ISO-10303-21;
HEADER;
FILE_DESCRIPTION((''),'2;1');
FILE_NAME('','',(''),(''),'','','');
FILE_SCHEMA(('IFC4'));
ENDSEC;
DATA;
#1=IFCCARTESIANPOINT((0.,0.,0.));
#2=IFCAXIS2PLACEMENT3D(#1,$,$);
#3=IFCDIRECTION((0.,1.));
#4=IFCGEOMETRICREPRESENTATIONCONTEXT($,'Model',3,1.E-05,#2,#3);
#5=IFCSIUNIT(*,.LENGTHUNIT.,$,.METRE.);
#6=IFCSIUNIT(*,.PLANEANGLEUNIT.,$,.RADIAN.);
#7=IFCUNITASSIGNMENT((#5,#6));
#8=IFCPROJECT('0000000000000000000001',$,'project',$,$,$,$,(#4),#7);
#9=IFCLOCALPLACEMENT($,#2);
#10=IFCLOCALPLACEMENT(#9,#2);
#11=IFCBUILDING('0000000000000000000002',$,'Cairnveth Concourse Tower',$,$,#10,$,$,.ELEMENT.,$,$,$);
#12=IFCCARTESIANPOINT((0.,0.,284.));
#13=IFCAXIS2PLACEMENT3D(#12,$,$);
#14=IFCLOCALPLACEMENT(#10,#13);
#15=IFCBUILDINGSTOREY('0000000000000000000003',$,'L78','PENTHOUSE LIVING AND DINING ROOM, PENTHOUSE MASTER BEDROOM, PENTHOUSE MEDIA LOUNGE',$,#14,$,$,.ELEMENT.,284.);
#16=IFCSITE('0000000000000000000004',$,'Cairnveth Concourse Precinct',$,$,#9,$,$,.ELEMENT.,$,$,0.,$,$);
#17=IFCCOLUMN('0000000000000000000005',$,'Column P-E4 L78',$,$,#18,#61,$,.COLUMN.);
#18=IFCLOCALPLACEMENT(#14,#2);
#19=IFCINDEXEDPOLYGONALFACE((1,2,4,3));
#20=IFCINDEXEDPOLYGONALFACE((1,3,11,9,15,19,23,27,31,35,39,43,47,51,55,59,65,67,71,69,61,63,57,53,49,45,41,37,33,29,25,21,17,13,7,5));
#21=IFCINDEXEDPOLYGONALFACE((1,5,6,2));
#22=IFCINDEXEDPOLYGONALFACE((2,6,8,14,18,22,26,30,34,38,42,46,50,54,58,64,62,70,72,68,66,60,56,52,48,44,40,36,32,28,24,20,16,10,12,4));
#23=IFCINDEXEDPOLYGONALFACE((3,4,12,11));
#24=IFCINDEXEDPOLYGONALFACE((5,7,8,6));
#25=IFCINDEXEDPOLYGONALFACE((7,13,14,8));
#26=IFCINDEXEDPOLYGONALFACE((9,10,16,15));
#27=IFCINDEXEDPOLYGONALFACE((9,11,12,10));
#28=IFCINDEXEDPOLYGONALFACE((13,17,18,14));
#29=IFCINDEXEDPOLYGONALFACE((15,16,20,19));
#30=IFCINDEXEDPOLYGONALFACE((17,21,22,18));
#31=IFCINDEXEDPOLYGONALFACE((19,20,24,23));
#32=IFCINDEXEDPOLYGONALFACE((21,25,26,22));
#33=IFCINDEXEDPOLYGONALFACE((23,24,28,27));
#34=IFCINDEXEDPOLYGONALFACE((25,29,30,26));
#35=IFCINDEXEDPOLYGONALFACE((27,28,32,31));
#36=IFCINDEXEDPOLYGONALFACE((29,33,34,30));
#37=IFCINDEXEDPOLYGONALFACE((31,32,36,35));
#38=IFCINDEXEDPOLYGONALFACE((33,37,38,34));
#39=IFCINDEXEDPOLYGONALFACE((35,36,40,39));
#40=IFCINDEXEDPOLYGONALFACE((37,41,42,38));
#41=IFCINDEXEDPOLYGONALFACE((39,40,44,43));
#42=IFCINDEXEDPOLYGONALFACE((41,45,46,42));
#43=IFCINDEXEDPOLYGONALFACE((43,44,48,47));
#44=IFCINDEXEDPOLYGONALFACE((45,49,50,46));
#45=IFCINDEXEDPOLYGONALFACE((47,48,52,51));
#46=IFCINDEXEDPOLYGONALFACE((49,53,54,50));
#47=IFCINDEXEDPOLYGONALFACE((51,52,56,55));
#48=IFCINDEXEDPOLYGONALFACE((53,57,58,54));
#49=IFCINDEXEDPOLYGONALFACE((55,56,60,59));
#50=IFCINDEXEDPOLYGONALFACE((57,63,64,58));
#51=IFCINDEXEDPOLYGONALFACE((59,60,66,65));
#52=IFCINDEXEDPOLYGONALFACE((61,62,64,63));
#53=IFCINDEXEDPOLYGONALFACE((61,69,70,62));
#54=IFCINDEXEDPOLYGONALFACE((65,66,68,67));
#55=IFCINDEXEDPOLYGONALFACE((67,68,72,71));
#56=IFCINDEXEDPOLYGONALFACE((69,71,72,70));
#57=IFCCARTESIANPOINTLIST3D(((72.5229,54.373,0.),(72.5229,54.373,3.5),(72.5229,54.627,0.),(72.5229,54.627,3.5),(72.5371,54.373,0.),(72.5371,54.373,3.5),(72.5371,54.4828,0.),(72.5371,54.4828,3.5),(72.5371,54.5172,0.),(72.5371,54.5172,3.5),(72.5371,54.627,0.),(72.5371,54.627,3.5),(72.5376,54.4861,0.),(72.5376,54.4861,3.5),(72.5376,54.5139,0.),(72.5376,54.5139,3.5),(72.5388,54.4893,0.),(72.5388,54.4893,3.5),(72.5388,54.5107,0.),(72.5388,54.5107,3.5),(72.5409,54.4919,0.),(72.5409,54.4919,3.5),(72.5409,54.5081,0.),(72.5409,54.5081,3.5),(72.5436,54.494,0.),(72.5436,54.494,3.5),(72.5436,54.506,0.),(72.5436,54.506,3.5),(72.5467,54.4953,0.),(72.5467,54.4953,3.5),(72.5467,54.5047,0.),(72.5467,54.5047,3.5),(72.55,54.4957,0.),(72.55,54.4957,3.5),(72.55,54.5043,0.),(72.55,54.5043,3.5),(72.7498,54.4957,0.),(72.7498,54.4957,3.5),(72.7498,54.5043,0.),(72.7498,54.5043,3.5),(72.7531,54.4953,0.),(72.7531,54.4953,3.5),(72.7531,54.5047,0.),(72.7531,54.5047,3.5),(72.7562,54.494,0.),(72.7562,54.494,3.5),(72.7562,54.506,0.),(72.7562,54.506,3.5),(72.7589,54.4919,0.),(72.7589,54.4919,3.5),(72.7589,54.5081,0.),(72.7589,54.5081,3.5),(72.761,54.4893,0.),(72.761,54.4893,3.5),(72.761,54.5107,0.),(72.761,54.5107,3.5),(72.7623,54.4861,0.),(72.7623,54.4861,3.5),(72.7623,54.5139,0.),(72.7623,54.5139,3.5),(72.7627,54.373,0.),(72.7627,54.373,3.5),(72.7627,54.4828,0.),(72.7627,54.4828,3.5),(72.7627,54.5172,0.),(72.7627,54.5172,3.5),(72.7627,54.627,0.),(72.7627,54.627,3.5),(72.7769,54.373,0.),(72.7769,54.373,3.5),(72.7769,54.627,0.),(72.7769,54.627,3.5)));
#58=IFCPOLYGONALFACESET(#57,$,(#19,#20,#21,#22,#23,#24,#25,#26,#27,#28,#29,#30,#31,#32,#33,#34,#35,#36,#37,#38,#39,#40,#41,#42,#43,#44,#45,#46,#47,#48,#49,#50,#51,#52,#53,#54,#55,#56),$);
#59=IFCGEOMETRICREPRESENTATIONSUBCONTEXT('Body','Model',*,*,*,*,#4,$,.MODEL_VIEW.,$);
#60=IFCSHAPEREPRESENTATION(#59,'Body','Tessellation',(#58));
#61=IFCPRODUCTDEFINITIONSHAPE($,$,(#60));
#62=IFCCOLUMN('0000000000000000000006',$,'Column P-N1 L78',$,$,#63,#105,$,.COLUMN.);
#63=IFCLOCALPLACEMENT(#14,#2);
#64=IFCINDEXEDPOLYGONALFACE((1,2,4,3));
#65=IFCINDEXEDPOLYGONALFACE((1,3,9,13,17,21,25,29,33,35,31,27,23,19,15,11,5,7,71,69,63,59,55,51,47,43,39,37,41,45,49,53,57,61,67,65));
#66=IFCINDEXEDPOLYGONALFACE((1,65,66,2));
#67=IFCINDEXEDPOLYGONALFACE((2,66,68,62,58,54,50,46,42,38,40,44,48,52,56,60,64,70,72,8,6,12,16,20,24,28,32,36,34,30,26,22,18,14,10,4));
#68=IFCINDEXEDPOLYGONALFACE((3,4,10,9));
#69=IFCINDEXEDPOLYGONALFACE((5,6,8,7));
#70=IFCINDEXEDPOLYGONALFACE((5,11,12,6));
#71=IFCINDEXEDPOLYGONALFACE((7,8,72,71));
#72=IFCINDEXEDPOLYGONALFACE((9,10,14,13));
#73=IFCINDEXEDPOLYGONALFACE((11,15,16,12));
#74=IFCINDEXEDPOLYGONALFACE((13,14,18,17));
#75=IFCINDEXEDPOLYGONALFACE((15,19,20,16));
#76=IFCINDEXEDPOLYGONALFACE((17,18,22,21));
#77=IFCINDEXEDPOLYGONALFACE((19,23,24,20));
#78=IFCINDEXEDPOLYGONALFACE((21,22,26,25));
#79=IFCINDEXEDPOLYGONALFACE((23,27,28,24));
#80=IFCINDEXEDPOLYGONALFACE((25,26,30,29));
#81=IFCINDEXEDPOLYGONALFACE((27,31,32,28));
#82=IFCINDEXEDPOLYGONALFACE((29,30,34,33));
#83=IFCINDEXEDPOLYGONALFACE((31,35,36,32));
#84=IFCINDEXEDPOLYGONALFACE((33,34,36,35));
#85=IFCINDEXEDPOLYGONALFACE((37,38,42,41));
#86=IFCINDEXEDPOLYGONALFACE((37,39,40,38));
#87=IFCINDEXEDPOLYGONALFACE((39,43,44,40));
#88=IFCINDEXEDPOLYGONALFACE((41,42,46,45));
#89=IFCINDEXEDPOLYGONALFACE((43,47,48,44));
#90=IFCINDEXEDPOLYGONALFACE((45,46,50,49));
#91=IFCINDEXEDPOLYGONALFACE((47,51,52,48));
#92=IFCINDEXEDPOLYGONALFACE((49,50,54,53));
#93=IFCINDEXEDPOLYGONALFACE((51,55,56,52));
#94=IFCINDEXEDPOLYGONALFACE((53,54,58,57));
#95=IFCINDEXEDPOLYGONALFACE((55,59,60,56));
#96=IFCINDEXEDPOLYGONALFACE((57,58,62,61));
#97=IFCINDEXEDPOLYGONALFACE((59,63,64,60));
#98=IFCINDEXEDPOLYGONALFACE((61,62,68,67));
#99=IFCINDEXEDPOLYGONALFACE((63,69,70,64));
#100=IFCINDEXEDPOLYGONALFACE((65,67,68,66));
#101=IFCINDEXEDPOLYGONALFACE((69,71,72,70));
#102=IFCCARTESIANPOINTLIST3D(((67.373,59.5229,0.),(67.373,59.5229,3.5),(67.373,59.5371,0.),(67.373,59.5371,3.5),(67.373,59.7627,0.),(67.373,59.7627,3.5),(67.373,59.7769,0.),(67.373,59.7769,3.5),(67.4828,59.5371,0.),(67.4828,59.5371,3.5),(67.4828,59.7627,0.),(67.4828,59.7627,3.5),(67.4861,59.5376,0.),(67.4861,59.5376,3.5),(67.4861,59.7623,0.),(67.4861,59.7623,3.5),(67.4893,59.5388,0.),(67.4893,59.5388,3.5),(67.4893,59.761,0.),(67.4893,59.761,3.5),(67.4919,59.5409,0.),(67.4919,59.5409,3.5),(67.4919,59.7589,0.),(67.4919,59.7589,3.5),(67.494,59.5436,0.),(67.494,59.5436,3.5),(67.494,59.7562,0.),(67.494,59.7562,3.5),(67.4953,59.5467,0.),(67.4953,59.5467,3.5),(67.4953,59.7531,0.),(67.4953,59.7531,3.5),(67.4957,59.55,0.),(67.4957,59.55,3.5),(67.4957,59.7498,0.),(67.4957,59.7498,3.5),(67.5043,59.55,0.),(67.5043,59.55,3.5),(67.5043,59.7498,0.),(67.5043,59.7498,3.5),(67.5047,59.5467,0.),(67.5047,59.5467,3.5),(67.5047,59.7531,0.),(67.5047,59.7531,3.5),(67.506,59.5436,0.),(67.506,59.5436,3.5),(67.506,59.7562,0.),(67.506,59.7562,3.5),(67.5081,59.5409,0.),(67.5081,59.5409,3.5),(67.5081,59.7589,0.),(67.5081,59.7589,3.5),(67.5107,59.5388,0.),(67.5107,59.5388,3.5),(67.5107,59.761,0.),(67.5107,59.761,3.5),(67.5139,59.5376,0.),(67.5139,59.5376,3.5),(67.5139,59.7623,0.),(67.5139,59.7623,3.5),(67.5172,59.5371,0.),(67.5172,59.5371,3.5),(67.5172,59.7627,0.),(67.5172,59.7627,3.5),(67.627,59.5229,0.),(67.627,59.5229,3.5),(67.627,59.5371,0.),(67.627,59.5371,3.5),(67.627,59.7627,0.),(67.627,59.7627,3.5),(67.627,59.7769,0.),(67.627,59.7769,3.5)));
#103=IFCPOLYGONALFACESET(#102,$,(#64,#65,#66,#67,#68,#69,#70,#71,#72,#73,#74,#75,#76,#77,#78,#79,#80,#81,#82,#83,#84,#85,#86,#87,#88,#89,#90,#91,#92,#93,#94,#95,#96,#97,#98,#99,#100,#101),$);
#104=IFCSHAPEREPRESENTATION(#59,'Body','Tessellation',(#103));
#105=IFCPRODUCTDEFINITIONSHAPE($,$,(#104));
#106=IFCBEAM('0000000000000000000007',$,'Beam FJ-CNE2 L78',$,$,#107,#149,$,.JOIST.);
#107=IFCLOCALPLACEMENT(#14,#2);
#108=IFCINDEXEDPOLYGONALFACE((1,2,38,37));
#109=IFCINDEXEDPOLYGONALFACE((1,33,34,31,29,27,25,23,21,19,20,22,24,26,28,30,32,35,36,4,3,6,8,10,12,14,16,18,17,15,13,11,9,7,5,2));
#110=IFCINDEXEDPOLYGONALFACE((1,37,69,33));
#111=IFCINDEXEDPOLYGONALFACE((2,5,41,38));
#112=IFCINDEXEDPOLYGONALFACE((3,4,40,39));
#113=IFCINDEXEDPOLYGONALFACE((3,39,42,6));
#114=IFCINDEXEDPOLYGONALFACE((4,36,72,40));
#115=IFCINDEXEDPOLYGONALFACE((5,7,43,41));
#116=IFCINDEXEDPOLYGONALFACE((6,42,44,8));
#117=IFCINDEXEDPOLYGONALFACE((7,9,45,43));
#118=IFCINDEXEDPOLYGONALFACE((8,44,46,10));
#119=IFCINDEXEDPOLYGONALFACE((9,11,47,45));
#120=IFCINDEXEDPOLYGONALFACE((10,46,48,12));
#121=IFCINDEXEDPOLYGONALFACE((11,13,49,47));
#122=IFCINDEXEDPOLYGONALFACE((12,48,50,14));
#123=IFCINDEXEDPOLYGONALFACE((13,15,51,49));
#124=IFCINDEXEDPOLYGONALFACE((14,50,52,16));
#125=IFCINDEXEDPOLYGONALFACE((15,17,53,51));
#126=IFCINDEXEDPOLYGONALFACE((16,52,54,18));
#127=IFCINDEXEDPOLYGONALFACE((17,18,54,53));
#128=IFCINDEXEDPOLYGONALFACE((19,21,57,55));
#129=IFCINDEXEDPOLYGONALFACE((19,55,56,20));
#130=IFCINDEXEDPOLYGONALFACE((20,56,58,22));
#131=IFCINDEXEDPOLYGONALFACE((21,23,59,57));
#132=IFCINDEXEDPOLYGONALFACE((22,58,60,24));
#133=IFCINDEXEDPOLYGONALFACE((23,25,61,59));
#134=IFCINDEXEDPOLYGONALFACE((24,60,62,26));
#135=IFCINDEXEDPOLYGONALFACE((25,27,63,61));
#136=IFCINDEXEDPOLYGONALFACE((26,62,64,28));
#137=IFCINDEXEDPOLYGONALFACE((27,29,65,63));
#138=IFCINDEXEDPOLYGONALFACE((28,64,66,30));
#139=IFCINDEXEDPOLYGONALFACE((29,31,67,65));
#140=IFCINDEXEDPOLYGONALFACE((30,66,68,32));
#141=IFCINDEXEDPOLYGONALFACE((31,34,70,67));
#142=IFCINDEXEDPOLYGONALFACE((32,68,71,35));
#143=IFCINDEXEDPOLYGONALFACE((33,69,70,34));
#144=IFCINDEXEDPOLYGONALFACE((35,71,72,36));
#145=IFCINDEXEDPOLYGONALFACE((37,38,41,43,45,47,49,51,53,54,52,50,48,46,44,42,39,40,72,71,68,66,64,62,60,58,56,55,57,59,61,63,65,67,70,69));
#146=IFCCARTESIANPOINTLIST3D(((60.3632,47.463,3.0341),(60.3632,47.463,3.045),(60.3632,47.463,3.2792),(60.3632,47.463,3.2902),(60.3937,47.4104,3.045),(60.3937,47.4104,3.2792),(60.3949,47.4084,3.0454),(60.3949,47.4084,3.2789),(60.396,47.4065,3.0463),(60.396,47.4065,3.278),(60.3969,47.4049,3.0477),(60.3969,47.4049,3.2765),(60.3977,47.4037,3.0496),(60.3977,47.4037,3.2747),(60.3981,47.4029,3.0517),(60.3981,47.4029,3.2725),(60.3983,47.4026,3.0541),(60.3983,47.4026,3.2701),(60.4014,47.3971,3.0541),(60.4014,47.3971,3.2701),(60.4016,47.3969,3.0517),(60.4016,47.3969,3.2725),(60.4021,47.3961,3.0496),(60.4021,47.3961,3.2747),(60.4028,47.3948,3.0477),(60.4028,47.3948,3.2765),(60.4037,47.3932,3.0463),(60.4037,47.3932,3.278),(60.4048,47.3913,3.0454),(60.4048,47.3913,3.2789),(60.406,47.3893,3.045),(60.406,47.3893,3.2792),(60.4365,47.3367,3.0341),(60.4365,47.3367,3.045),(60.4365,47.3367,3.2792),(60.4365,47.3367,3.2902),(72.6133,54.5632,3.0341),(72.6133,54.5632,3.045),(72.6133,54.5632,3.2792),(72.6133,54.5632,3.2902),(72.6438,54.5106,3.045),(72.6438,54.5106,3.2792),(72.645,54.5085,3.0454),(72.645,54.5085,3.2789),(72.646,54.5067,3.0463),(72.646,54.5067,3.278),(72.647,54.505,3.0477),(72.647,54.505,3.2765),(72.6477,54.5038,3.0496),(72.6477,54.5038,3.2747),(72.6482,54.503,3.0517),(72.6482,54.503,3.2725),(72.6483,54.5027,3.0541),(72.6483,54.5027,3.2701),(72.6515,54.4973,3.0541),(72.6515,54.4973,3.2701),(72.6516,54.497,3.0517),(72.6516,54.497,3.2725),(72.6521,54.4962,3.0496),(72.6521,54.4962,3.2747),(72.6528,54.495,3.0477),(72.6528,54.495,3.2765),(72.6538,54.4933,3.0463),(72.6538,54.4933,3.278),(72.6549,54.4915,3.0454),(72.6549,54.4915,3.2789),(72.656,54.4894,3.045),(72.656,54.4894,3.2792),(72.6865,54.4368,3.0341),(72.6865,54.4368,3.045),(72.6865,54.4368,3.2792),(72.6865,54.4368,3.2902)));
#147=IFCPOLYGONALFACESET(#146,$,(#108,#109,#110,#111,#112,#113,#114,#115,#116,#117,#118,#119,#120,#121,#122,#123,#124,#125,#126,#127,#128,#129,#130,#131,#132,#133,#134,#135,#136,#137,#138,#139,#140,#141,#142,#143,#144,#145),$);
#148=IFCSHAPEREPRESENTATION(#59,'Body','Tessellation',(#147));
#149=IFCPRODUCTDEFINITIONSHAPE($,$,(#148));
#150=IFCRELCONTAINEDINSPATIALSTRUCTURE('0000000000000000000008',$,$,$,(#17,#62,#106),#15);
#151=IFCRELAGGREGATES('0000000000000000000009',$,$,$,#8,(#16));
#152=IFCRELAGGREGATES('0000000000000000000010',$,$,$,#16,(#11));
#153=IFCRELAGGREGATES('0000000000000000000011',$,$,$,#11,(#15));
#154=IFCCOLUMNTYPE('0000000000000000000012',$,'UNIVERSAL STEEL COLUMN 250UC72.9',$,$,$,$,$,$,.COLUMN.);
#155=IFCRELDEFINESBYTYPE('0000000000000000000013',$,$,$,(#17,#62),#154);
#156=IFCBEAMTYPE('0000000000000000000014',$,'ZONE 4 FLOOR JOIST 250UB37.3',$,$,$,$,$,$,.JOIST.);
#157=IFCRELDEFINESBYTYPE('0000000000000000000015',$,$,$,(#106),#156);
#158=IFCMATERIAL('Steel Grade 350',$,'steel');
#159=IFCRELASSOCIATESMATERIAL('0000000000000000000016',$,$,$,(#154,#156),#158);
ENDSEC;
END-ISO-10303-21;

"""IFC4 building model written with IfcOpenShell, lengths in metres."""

from ifc_helpers import new_model, si_unit, direction, frame, origin, origin_2d, place, context, subcontext, project, spatial, i_section, extrude, material, material_profile, profile_set, type_object, element, save


model = new_model("IFC4")

# Units and contexts
model_context = context("Model", 3, precision=1e-05, world=origin(), true_north=direction((0.0, 1.0)))
body_context = subcontext(model_context, "Body", "Model", "MODEL_VIEW")
ifc_project = project(units=[si_unit("LENGTHUNIT", "METRE"), si_unit("PLANEANGLEUNIT", "RADIAN")], contexts=[model_context])

# Site, building, storey
site_placement = place(None, origin())
site = spatial("IfcSite", under=ifc_project, at=site_placement, Name="Cairnveth Concourse Precinct", CompositionType="ELEMENT", RefElevation=0.0)
building_placement = place(site_placement, origin())
building = spatial("IfcBuilding", under=site, at=building_placement, Name="Cairnveth Concourse Tower", CompositionType="ELEMENT")
storey_placement = place(building_placement, frame((0.0, 0.0, 284.0)))
storey = spatial("IfcBuildingStorey", under=building, at=storey_placement, Name="L78", Description="PENTHOUSE LIVING AND DINING ROOM, PENTHOUSE MASTER BEDROOM, PENTHOUSE MEDIA LOUNGE", CompositionType="ELEMENT", Elevation=284.0)

# Columns
ifc_material_1 = material(Name="Steel Grade 350", Category="steel")
ifc_material_profile_1 = material_profile(ifc_material_1, i_section(OverallWidth=0.2539, OverallDepth=0.2539, WebThickness=0.0085, FlangeThickness=0.0142, FilletRadius=0.0129, at=origin_2d()), Name="250UC72.9")
ifc_profile_set_1 = profile_set([ifc_material_profile_1], Name="Steel Grade 350")
column_type = type_object("IfcColumnType", Name="UNIVERSAL STEEL COLUMN 250UC72.9", PredefinedType="COLUMN", material=ifc_profile_set_1)
for number, where, z_axis, x_axis, name in (
    (1, (72.6499, 54.5, 0.0), (0.0, 0.0, 1.0), (0.0, 1.0, 0.0), "Column P-E4 L78"),
    (2, (67.5, 59.6499, 0.0), (0.0, 0.0, 1.0), (1.0, 0.0, 0.0), "Column P-N1 L78"),
):
    element("IfcColumn", number, at=place(storey_placement, frame(where, z_axis=z_axis, x_axis=x_axis)), inside=storey, type_object=column_type, Name=name, PredefinedType="COLUMN", context=body_context, shape_type="SweptSolid", body=[
        extrude(i_section(OverallWidth=0.2539, OverallDepth=0.2539, WebThickness=0.0085, FlangeThickness=0.0142, FilletRadius=0.0129, at=origin_2d()), origin(), (0.0, 0.0, 1.0), 3.5),
    ])

# Beam
ifc_material_profile_2 = material_profile(ifc_material_1, i_section(OverallWidth=0.146, OverallDepth=0.2561, WebThickness=0.0063, FlangeThickness=0.011, FilletRadius=0.009, at=origin_2d()), Name="250UB37.3")
ifc_profile_set_2 = profile_set([ifc_material_profile_2], Name="Steel Grade 350")
beam_type_1 = type_object("IfcBeamType", Name="ZONE 4 FLOOR JOIST 250UB37.3", PredefinedType="JOIST", material=ifc_profile_set_2)
beam_1_placement = place(storey_placement, frame((72.6499, 54.5, 3.1621), z_axis=(-0.865181, -0.501459, 0.0), x_axis=(0.501459, -0.865181, 0.0)))
element("IfcBeam", 3, at=beam_1_placement, inside=storey, type_object=beam_type_1, Name="Beam FJ-CNE2 L78", PredefinedType="JOIST", context=body_context, shape_type="SweptSolid", body=[
    extrude(i_section(OverallWidth=0.146, OverallDepth=0.2561, WebThickness=0.0063, FlangeThickness=0.011, FilletRadius=0.009, at=origin_2d()), origin(), (0.0, 0.0, 1.0), 14.1589),
])

save(model, "model.ifc")
